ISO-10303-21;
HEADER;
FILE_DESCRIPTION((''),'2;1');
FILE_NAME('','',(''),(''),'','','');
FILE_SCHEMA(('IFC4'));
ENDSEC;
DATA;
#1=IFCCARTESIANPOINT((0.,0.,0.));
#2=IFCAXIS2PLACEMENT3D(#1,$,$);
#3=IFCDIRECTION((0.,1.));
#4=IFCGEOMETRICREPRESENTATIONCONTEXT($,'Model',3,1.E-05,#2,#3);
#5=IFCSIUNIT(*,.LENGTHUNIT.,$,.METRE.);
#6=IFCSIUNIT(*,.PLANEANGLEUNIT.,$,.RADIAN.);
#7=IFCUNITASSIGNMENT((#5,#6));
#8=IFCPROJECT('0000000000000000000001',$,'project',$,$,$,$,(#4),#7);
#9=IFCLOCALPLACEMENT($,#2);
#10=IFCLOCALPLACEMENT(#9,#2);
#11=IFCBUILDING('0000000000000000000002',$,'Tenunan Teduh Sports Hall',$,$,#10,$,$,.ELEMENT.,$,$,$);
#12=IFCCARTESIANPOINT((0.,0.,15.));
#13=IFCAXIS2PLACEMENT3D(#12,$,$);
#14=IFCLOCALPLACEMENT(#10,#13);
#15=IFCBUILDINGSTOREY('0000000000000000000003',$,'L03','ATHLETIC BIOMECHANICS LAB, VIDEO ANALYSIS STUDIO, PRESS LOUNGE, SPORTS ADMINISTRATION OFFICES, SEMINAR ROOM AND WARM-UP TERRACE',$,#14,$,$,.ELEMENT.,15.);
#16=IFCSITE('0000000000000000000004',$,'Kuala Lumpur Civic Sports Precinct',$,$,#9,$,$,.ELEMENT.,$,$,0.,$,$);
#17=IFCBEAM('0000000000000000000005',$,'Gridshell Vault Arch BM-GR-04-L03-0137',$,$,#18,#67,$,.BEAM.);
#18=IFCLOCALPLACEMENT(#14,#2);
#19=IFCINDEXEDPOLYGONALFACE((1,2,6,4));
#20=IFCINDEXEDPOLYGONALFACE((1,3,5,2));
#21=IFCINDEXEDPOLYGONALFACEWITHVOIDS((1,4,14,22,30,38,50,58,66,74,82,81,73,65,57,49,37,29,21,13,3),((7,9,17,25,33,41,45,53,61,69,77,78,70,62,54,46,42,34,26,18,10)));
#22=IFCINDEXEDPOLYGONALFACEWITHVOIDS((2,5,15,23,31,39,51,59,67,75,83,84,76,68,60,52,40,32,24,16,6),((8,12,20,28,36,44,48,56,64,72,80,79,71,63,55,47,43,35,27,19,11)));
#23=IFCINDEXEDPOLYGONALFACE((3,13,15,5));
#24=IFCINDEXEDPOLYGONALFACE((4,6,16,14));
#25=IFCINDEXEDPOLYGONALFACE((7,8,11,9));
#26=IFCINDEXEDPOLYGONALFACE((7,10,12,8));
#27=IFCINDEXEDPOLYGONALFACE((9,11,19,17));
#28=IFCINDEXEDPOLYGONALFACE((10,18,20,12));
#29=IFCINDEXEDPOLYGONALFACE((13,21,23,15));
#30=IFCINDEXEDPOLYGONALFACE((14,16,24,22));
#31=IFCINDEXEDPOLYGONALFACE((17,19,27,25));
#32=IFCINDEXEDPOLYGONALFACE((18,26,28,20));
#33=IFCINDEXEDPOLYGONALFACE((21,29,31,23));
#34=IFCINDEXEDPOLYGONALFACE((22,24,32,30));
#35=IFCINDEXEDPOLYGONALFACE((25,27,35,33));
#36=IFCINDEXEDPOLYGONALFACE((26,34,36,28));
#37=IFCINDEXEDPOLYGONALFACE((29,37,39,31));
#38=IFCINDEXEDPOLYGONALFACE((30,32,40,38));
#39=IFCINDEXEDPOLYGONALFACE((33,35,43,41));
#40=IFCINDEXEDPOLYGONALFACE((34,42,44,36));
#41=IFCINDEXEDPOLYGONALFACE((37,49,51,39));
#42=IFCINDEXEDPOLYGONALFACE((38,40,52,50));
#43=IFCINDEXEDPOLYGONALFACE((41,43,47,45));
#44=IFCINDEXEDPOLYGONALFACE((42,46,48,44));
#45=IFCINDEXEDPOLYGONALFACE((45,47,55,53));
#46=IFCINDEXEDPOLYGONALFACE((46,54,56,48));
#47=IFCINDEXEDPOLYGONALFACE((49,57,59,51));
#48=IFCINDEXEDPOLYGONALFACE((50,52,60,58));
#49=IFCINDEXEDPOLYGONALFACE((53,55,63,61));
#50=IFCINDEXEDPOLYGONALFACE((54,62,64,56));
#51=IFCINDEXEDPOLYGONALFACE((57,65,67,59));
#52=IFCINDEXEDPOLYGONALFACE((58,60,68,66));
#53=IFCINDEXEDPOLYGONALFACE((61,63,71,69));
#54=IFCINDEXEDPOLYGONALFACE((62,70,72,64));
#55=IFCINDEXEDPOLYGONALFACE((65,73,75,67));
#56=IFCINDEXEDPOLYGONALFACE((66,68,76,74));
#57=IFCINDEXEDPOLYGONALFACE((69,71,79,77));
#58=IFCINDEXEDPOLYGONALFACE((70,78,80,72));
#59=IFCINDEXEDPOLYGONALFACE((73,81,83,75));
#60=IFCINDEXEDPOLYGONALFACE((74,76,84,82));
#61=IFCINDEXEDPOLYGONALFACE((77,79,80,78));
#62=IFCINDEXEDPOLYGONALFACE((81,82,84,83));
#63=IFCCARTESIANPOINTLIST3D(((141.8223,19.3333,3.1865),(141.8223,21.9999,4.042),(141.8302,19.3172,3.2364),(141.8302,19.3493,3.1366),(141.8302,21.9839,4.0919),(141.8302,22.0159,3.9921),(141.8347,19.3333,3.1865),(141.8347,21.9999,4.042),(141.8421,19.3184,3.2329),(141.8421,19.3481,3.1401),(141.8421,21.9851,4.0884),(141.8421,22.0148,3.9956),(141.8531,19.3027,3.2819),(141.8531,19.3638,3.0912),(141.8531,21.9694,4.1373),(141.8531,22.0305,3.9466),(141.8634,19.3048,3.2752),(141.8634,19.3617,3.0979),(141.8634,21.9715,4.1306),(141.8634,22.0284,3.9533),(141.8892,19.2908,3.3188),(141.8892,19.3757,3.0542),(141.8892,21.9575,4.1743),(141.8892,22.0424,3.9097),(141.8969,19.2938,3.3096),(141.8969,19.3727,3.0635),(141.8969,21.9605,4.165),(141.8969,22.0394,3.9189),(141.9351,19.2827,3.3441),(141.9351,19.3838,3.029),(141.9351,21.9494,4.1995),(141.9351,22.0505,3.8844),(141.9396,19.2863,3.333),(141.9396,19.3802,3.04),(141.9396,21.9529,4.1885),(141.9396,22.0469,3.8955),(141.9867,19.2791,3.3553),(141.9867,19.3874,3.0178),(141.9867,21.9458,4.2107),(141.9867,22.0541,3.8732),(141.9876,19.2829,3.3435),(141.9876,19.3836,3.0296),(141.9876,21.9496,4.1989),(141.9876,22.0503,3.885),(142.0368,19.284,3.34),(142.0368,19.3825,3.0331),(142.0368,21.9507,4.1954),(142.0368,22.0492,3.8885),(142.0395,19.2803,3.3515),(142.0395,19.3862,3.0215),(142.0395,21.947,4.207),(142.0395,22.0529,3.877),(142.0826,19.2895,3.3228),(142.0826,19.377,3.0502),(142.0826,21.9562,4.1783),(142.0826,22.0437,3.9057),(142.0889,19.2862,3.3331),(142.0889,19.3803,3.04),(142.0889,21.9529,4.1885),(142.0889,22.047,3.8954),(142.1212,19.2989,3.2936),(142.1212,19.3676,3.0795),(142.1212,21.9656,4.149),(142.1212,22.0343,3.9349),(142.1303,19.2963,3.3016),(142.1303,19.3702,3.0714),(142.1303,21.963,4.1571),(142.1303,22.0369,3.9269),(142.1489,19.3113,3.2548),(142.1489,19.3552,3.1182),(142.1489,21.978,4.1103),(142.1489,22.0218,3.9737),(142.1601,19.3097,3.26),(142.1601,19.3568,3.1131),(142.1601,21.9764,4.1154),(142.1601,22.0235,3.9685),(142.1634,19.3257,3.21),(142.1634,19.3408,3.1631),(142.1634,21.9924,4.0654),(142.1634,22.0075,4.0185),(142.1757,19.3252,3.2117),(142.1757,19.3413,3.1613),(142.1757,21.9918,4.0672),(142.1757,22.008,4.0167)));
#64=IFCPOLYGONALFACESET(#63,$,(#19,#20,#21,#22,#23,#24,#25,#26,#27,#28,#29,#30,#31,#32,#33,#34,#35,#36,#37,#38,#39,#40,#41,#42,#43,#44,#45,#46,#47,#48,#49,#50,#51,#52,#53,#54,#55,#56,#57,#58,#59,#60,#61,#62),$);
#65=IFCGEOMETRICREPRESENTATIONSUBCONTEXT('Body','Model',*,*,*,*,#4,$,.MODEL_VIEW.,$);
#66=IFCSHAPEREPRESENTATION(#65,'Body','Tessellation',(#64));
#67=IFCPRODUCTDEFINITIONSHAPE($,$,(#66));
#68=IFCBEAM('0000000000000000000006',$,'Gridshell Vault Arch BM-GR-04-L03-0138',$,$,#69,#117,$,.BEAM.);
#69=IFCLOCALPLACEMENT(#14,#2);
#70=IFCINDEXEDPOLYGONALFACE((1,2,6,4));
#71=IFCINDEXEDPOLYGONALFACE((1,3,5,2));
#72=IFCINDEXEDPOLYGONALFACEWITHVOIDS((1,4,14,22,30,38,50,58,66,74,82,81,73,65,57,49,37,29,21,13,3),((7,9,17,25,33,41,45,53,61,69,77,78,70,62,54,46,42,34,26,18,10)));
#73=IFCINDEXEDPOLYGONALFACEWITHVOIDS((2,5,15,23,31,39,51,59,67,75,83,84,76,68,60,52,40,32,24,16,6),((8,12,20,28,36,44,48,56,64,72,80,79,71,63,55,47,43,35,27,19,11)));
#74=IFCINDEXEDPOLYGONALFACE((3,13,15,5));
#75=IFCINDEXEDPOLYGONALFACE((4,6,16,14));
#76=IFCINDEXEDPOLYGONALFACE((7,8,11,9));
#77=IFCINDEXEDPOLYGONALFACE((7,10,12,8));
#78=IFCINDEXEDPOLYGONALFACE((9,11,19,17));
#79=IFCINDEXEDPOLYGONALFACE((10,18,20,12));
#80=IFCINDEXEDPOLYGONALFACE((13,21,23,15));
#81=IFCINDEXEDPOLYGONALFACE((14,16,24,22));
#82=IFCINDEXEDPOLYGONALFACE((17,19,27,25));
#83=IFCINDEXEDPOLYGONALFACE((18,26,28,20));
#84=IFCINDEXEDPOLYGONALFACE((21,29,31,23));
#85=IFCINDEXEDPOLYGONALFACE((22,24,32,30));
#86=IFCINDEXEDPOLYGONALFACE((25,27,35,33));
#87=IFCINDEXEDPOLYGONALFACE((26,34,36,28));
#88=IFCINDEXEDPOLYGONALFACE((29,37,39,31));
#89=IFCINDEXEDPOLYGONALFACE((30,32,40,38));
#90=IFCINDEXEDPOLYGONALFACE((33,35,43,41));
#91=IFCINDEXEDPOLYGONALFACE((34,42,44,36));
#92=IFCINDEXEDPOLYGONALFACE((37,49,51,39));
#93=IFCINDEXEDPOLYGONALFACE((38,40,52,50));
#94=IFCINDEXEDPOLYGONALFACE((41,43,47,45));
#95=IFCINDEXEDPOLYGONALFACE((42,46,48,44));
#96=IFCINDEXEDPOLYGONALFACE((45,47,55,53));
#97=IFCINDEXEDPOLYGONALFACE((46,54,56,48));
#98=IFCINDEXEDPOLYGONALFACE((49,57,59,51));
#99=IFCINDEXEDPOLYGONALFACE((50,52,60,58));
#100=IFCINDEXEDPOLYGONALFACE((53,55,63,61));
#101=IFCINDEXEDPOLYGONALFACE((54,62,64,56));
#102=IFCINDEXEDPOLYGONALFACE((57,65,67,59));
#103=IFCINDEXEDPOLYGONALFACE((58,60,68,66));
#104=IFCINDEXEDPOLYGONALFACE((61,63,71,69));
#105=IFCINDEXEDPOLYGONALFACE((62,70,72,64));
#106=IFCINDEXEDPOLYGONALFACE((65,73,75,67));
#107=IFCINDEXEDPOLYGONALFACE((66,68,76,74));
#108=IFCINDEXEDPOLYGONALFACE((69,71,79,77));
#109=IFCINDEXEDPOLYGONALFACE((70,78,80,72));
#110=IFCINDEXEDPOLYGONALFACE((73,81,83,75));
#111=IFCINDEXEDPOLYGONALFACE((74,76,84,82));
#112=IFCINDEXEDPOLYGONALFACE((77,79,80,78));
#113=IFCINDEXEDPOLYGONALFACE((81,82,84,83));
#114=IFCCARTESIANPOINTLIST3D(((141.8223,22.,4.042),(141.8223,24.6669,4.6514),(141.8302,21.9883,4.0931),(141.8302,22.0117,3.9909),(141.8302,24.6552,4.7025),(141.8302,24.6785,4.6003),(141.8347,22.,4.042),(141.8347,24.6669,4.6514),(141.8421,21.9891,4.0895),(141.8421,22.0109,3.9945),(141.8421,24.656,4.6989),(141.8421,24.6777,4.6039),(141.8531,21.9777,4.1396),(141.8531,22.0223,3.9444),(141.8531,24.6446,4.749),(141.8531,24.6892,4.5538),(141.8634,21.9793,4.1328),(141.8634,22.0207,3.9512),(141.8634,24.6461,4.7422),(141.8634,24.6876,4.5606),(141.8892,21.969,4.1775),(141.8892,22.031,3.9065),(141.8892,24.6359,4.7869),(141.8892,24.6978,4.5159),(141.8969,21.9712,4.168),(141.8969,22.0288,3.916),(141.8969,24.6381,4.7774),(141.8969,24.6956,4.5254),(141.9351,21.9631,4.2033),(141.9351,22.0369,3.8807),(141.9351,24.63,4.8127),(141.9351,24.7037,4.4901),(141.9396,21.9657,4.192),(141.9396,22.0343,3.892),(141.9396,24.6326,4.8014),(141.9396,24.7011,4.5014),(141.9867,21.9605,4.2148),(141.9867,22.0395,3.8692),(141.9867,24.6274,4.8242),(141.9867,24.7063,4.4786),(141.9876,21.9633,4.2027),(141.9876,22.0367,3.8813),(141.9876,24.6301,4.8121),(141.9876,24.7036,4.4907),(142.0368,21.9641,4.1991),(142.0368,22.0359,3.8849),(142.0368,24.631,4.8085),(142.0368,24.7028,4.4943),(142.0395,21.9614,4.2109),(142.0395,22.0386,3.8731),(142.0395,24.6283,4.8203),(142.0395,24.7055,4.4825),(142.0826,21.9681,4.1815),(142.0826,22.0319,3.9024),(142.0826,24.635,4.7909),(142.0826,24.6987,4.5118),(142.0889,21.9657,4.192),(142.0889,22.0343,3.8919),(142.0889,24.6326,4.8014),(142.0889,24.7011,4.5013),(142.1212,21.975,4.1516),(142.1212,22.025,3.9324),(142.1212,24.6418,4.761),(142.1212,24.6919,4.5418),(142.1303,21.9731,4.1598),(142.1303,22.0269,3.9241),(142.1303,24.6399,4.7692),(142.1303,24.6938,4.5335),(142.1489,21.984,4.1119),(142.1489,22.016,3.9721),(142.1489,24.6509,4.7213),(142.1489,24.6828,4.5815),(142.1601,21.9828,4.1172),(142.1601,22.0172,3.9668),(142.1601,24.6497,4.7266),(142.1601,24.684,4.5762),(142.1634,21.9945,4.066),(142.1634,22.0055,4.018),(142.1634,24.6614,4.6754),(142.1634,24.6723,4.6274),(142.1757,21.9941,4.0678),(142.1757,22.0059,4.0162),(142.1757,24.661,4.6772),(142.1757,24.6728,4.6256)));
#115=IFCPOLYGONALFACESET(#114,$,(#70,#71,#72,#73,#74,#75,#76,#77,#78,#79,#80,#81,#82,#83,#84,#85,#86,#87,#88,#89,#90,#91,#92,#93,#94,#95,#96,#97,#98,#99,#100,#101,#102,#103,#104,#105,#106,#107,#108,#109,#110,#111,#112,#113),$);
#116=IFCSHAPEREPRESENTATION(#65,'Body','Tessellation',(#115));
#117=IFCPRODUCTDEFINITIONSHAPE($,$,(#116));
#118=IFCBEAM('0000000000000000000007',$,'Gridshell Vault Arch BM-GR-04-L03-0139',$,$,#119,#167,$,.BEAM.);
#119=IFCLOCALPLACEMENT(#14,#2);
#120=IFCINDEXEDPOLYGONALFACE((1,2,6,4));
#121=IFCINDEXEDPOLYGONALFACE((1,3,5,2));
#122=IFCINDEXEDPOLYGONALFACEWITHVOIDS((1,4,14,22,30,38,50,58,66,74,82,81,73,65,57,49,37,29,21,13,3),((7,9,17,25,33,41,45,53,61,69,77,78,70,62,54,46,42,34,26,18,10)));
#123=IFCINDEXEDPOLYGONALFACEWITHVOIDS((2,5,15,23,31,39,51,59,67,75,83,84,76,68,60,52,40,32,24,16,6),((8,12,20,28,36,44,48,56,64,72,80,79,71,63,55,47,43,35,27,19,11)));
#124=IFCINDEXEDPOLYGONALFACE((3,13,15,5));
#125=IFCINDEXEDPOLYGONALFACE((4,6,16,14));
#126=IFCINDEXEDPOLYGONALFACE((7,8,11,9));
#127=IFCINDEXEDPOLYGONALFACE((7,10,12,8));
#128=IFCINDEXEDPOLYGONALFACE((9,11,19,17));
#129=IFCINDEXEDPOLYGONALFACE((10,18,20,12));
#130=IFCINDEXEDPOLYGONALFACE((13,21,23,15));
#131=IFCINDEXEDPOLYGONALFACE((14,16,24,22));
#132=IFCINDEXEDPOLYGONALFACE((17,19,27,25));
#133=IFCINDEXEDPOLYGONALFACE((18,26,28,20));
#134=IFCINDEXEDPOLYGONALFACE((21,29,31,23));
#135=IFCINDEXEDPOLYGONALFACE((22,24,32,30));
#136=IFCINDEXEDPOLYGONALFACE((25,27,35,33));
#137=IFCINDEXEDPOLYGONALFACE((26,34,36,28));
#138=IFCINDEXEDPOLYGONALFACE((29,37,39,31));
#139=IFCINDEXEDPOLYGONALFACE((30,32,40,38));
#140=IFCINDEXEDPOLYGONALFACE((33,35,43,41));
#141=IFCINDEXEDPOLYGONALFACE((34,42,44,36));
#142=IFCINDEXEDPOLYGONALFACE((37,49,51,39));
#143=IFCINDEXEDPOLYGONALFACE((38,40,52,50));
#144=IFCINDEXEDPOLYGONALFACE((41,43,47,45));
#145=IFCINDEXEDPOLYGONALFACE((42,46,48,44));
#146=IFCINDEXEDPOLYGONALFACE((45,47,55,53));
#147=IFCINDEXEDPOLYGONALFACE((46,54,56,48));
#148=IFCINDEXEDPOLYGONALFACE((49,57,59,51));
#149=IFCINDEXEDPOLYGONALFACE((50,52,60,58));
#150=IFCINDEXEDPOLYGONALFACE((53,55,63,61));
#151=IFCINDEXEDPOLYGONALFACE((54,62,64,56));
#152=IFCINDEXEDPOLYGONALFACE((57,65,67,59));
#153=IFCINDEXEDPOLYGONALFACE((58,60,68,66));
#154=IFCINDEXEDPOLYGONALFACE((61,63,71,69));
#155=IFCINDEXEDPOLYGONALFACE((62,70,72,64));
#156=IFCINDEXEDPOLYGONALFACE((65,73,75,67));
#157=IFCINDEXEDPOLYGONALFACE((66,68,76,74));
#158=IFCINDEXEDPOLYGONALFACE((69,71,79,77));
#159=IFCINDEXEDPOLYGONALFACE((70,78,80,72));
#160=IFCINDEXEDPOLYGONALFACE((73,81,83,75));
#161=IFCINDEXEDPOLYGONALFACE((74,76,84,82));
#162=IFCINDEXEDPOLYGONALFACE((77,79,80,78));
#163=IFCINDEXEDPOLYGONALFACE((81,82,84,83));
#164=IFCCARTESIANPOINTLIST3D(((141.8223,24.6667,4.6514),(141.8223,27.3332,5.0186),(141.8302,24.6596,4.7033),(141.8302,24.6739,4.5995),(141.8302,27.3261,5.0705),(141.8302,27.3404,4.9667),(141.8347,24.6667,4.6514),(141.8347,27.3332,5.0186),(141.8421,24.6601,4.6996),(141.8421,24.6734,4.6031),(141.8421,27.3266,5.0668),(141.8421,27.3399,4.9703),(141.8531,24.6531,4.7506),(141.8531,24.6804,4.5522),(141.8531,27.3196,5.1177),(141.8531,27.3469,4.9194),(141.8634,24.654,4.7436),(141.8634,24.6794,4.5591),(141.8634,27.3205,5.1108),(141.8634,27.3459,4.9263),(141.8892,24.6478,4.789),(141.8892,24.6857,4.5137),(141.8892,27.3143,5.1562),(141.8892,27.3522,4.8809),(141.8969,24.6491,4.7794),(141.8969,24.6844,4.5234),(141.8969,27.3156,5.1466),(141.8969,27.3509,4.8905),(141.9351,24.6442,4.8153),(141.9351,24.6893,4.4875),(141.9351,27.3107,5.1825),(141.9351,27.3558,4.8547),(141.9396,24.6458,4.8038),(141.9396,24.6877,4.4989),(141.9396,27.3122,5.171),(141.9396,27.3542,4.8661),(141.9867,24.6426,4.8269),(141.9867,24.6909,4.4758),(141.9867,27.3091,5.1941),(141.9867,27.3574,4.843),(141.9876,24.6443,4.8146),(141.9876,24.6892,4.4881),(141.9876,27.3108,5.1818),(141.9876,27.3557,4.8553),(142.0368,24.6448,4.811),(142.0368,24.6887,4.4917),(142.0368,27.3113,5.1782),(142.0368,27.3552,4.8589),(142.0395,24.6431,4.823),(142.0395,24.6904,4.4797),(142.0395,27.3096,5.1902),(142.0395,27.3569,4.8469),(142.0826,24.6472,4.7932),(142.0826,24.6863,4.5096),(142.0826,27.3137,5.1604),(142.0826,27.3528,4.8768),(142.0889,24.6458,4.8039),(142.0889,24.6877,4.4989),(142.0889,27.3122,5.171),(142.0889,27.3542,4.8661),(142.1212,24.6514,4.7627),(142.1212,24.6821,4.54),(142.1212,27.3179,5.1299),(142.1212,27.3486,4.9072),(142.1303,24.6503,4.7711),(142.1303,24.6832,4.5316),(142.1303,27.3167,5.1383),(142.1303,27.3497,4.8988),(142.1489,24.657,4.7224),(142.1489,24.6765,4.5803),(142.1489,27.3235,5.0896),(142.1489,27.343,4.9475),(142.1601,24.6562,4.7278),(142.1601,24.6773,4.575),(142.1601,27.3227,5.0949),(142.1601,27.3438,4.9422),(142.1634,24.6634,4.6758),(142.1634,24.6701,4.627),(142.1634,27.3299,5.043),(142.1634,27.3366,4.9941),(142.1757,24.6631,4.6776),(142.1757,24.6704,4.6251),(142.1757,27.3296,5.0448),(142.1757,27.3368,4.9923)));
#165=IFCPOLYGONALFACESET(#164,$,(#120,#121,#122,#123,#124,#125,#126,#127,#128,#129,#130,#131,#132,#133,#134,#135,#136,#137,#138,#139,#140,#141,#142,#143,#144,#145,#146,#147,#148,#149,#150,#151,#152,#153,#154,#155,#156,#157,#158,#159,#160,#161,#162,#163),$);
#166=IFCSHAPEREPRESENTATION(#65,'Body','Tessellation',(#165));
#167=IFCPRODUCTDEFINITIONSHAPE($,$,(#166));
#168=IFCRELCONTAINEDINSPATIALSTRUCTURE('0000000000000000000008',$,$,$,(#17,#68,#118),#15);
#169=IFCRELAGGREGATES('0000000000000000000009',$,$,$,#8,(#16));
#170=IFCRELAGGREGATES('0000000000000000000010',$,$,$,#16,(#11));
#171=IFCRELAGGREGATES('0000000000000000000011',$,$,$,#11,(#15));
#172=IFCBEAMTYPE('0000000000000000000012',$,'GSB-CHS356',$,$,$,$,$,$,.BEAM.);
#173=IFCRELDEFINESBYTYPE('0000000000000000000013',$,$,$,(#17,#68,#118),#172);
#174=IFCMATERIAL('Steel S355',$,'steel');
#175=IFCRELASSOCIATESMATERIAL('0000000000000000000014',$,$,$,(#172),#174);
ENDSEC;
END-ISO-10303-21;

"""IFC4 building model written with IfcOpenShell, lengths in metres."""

from ifc_helpers import new_model, si_unit, direction, frame, origin, origin_2d, place, context, subcontext, project, spatial, hollow_circle, extrude, material, material_profile, profile_set, type_object, element, save


model = new_model("IFC4")

# Units and contexts
model_context = context("Model", 3, precision=1e-05, world=origin(), true_north=direction((0.0, 1.0)))
body_context = subcontext(model_context, "Body", "Model", "MODEL_VIEW")
ifc_project = project(units=[si_unit("LENGTHUNIT", "METRE"), si_unit("PLANEANGLEUNIT", "RADIAN")], contexts=[model_context])

# Site, building, storey
site_placement = place(None, origin())
site = spatial("IfcSite", under=ifc_project, at=site_placement, Name="Kuala Lumpur Civic Sports Precinct", CompositionType="ELEMENT", RefElevation=0.0)
building_placement = place(site_placement, origin())
building = spatial("IfcBuilding", under=site, at=building_placement, Name="Tenunan Teduh Sports Hall", CompositionType="ELEMENT")
storey_placement = place(building_placement, frame((0.0, 0.0, 15.0)))
storey = spatial("IfcBuildingStorey", under=building, at=storey_placement, Name="L03", Description="ATHLETIC BIOMECHANICS LAB, VIDEO ANALYSIS STUDIO, PRESS LOUNGE, SPORTS ADMINISTRATION OFFICES, SEMINAR ROOM AND WARM-UP TERRACE", CompositionType="ELEMENT", Elevation=15.0)

# Beams
ifc_material_1 = material(Name="Steel S355", Category="steel")
ifc_material_profile_1 = material_profile(ifc_material_1, hollow_circle(Radius=0.1777, WallThickness=0.0125, at=origin_2d()), Name="CHS 355.6x12.5")
ifc_profile_set_1 = profile_set([ifc_material_profile_1], Name="Steel S355")
beam_type_1 = type_object("IfcBeamType", Name="GSB-CHS356", PredefinedType="BEAM", material=ifc_profile_set_1)
beam_1_placement = place(storey_placement, frame((142.0, 19.3333, 3.1865), z_axis=(0.0, 0.952205, 0.305459), x_axis=(-1.0, 0.0, 0.0)))
element("IfcBeam", 1, at=beam_1_placement, inside=storey, type_object=beam_type_1, Name="Gridshell Vault Arch BM-GR-04-L03-0137", PredefinedType="BEAM", context=body_context, shape_type="SweptSolid", body=[
    extrude(hollow_circle(Radius=0.1777, WallThickness=0.0125, at=origin_2d()), origin(), (0.0, 0.0, 1.0), 2.8005),
])
beam_2_placement = place(storey_placement, frame((142.0, 22.0, 4.042), z_axis=(0.0, 0.974872, 0.222767), x_axis=(-1.0, 0.0, 0.0)))
element("IfcBeam", 2, at=beam_2_placement, inside=storey, type_object=beam_type_1, Name="Gridshell Vault Arch BM-GR-04-L03-0138", PredefinedType="BEAM", context=body_context, shape_type="SweptSolid", body=[
    extrude(hollow_circle(Radius=0.1777, WallThickness=0.0125, at=origin_2d()), origin(), (0.0, 0.0, 1.0), 2.7356),
])
beam_3_placement = place(storey_placement, frame((142.0, 24.6667, 4.6514), z_axis=(0.0, 0.990652, 0.136416), x_axis=(-1.0, 0.0, 0.0)))
element("IfcBeam", 3, at=beam_3_placement, inside=storey, type_object=beam_type_1, Name="Gridshell Vault Arch BM-GR-04-L03-0139", PredefinedType="BEAM", context=body_context, shape_type="SweptSolid", body=[
    extrude(hollow_circle(Radius=0.1777, WallThickness=0.0125, at=origin_2d()), origin(), (0.0, 0.0, 1.0), 2.6917),
])

save(model, "model.ifc")
